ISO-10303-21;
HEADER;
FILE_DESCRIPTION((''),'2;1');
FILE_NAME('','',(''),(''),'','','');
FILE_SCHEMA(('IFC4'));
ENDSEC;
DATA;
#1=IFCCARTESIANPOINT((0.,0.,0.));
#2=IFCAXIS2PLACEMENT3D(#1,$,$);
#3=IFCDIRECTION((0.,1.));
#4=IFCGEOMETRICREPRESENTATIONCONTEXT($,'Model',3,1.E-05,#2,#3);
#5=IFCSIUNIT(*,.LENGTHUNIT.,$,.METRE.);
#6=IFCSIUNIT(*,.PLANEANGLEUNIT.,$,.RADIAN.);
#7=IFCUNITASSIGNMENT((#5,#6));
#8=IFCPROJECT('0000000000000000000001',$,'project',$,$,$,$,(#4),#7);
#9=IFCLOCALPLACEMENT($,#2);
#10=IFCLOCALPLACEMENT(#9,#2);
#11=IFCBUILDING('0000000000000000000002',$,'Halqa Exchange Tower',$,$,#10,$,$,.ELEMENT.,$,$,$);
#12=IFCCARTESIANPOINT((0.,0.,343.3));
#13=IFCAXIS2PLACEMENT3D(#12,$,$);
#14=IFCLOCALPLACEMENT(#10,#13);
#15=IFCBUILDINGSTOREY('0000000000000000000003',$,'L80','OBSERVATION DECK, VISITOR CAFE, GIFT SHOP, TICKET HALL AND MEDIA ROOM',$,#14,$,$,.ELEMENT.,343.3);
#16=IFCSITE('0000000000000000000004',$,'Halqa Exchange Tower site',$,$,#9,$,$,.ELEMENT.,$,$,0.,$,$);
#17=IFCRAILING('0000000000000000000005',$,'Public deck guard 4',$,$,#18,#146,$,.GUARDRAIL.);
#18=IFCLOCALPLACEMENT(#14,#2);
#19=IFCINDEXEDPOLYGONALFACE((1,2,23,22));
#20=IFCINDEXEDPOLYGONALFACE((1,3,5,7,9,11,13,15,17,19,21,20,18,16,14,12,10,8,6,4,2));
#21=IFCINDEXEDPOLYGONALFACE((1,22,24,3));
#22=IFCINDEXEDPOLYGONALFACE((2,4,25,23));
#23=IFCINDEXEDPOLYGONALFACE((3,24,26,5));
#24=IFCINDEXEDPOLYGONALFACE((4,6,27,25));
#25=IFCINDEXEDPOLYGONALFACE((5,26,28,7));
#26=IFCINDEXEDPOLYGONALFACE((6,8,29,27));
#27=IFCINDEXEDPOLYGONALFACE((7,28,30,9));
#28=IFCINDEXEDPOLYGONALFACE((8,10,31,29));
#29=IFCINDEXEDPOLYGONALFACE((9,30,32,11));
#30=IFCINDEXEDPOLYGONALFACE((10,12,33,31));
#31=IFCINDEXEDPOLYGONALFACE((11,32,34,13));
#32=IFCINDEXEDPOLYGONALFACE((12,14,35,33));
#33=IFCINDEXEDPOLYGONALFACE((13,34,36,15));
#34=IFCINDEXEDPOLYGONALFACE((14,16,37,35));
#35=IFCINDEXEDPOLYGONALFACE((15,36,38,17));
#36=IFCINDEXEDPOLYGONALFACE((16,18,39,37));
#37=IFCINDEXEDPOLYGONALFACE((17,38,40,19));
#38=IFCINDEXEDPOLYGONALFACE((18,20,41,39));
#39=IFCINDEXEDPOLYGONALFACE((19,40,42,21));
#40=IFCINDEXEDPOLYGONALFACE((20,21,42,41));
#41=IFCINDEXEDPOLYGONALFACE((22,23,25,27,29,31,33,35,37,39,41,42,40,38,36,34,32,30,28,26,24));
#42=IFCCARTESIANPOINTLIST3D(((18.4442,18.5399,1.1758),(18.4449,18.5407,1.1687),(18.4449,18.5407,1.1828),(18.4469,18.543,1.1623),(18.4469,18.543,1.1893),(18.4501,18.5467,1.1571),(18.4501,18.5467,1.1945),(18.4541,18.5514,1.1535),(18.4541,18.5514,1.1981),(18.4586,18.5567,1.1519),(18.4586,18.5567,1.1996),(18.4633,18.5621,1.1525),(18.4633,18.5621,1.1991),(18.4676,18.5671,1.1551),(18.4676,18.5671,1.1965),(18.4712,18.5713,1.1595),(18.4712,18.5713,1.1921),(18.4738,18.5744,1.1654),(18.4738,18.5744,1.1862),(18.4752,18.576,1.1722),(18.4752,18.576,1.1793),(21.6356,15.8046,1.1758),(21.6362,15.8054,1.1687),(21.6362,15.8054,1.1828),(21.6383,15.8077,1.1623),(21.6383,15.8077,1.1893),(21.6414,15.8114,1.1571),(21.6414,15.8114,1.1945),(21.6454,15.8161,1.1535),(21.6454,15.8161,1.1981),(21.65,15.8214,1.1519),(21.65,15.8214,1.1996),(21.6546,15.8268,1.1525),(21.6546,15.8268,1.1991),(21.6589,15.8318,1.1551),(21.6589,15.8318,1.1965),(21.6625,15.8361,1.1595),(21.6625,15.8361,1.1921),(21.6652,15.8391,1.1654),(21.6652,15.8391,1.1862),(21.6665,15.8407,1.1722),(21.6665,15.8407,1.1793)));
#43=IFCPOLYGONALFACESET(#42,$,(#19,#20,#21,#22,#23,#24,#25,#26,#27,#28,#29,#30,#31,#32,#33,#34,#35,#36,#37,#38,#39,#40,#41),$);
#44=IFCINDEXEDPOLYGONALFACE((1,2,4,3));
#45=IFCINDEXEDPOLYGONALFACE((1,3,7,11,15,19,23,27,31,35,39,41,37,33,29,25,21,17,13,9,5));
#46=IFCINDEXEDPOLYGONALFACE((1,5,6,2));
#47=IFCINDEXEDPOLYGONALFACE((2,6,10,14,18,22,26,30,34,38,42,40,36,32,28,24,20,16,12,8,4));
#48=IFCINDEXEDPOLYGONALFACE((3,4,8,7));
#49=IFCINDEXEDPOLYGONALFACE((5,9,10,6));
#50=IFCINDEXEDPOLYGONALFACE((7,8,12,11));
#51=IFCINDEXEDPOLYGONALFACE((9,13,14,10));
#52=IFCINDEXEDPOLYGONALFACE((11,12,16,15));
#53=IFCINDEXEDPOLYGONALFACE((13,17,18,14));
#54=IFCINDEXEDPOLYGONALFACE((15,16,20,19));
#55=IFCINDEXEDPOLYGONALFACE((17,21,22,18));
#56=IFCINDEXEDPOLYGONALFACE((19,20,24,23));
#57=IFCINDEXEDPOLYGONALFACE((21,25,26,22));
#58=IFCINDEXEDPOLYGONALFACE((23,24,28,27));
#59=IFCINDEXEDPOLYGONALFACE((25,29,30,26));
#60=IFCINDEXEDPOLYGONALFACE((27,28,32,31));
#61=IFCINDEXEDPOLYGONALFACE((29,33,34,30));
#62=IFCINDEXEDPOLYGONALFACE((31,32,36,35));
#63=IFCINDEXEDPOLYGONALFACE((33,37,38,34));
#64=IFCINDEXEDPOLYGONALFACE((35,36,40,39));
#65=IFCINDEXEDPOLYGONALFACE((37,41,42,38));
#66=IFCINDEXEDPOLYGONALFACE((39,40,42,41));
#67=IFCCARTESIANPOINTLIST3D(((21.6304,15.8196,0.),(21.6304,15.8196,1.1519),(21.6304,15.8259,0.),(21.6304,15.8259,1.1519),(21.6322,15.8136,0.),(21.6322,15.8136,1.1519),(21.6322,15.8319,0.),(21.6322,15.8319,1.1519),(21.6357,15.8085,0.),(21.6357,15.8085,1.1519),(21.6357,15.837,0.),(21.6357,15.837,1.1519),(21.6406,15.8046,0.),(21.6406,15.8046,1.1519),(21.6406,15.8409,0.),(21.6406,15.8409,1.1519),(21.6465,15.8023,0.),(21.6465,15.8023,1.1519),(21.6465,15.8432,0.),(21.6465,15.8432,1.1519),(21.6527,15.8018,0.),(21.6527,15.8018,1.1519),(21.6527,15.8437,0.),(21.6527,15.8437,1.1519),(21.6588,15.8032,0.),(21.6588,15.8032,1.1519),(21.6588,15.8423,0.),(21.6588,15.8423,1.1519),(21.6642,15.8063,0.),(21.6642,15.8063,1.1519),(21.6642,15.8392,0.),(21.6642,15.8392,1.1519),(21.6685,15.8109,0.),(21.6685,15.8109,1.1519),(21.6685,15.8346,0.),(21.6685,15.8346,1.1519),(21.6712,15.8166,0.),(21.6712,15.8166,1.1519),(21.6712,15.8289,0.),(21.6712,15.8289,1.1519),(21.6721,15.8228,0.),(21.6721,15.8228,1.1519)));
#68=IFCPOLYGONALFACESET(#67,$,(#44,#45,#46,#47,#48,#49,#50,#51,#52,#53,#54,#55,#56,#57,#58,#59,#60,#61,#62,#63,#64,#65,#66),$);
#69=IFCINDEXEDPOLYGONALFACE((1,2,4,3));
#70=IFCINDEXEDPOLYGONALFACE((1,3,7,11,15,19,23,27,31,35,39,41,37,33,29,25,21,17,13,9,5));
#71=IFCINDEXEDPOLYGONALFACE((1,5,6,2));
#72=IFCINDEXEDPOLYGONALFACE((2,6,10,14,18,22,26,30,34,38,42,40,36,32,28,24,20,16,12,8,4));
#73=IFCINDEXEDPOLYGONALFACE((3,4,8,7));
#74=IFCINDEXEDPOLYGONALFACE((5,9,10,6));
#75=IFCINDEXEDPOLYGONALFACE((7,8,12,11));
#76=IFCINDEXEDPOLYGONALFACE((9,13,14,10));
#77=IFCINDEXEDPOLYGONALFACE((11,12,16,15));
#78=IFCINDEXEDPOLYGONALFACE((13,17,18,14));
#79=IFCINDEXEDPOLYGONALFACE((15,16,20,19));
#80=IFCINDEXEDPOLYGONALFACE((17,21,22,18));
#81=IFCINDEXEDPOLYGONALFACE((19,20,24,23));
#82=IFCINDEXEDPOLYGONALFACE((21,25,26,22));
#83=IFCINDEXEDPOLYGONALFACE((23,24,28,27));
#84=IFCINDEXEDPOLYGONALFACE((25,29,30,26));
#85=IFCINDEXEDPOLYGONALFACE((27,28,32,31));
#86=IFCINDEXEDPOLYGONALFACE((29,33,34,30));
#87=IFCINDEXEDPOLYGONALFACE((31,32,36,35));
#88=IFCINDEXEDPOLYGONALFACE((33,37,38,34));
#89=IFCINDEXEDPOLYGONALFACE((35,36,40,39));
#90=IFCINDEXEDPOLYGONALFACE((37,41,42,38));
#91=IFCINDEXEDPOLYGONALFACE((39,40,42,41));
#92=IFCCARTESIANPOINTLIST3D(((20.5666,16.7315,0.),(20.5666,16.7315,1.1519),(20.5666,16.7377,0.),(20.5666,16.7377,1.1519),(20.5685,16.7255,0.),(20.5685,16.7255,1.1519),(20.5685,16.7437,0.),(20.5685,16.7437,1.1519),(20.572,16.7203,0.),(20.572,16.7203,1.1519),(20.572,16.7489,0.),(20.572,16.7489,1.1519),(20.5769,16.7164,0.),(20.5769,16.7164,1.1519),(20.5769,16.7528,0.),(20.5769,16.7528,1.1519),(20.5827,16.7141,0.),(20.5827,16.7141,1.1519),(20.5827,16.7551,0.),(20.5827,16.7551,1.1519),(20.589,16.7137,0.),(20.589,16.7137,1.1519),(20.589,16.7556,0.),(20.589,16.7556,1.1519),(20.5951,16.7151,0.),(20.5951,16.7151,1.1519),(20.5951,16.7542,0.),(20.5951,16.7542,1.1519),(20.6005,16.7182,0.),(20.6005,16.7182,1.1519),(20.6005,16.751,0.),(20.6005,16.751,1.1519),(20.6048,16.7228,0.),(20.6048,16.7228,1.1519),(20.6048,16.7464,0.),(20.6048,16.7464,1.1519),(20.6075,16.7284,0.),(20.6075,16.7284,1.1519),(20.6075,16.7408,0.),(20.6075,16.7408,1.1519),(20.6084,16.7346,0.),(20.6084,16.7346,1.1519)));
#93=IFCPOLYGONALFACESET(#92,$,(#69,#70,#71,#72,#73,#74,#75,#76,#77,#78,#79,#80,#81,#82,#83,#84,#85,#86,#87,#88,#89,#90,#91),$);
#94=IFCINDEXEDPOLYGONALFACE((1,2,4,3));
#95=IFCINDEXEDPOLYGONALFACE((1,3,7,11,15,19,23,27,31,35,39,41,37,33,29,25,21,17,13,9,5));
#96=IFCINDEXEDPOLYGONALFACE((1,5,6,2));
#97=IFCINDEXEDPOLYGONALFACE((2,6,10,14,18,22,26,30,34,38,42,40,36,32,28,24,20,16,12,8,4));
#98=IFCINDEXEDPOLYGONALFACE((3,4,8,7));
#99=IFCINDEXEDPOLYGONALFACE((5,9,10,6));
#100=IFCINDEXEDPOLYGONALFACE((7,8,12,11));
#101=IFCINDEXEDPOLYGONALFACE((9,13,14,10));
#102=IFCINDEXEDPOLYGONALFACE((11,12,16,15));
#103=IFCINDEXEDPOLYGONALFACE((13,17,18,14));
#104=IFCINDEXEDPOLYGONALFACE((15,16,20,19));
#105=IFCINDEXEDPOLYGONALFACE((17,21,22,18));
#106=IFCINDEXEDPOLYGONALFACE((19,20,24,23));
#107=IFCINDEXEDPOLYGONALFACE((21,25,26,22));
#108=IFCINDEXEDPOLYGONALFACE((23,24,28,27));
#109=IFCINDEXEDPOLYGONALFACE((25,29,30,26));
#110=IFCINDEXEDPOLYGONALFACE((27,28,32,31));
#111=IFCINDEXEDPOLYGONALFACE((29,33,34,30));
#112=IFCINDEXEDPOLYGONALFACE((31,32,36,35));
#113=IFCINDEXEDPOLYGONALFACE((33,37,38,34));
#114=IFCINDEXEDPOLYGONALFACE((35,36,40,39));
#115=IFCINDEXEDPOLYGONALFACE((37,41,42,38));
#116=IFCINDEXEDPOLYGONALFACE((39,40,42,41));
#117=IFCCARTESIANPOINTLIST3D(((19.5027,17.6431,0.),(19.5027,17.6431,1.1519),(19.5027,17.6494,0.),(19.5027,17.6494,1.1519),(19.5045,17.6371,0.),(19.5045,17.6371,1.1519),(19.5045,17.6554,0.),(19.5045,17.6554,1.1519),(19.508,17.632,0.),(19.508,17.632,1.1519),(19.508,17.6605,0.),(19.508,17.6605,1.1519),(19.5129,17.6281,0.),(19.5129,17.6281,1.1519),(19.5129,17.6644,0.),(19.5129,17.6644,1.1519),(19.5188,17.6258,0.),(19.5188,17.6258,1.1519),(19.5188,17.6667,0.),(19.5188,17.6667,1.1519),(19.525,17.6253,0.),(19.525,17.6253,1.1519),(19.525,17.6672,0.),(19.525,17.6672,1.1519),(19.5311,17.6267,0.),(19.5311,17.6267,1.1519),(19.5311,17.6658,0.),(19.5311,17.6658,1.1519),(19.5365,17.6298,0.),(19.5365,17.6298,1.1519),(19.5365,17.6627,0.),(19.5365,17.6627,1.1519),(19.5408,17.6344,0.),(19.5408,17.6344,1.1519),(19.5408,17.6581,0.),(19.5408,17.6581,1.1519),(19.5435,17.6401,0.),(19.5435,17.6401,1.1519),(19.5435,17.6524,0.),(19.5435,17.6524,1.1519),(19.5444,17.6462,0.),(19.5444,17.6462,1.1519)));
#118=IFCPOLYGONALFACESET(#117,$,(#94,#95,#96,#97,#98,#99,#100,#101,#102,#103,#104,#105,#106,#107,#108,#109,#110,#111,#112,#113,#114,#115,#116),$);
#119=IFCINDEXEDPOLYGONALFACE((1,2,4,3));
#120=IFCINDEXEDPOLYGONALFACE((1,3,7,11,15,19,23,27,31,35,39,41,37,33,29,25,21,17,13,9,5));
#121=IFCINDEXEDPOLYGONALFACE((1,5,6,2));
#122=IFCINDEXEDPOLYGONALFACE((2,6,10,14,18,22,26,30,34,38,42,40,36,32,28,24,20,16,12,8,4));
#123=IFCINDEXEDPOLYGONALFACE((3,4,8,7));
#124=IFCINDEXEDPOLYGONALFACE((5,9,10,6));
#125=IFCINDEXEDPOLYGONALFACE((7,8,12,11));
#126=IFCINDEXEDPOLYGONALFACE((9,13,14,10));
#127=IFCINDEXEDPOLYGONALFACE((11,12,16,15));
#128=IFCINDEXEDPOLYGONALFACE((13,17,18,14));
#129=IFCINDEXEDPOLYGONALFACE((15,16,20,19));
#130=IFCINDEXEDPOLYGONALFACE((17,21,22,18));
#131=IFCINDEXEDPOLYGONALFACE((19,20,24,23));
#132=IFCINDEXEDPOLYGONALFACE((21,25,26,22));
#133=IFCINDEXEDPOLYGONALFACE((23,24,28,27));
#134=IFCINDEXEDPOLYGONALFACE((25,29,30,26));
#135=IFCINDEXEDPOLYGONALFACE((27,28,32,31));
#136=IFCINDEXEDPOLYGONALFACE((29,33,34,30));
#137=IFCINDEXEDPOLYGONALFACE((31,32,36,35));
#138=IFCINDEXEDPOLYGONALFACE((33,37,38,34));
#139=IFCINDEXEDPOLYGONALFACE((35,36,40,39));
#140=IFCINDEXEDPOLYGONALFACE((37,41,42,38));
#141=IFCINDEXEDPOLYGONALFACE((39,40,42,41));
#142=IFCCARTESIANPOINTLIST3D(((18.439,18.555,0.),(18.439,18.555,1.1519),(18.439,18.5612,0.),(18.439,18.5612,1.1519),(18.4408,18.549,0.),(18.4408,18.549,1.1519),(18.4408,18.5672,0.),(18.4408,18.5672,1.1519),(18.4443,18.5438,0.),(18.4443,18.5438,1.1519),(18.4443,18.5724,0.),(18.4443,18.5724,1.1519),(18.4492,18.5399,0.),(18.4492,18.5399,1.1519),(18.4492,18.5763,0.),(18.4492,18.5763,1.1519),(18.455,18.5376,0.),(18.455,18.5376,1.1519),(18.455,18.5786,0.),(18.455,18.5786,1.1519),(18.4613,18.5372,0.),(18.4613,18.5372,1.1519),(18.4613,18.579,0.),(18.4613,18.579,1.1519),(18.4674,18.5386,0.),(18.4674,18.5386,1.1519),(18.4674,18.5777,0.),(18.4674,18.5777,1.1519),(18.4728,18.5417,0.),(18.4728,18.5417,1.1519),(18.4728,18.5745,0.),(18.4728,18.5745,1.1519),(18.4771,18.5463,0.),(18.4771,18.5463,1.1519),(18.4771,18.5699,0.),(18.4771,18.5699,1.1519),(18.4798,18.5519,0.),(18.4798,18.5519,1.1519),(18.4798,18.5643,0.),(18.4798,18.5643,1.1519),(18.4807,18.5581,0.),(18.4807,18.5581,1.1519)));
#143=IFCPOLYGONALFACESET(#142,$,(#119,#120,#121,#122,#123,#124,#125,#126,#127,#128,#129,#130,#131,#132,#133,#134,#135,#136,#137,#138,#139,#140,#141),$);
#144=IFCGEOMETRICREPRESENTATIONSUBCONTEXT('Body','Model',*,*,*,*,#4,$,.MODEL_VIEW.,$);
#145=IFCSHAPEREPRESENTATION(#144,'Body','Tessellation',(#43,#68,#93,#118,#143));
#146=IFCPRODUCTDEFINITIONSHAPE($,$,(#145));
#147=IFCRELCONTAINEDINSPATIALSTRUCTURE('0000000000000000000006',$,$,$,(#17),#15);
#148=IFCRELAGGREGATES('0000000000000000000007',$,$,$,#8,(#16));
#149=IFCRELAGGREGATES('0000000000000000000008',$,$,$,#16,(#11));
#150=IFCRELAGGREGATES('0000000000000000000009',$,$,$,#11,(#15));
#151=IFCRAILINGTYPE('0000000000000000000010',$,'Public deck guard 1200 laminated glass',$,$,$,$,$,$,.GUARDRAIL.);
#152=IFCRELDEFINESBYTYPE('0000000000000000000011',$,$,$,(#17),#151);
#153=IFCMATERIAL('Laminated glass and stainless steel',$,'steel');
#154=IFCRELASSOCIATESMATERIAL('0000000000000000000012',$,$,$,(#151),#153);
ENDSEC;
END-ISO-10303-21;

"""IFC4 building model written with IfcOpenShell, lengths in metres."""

from ifc_helpers import new_model, si_unit, direction, frame, origin, origin_2d, place, context, subcontext, project, spatial, circle, extrude, material, type_object, element, save


model = new_model("IFC4")

# Units and contexts
model_context = context("Model", 3, precision=1e-05, world=origin(), true_north=direction((0.0, 1.0)))
body_context = subcontext(model_context, "Body", "Model", "MODEL_VIEW")
ifc_project = project(units=[si_unit("LENGTHUNIT", "METRE"), si_unit("PLANEANGLEUNIT", "RADIAN")], contexts=[model_context])

# Site, building, storey
site_placement = place(None, origin())
site = spatial("IfcSite", under=ifc_project, at=site_placement, Name="Halqa Exchange Tower site", CompositionType="ELEMENT", RefElevation=0.0)
building_placement = place(site_placement, origin())
building = spatial("IfcBuilding", under=site, at=building_placement, Name="Halqa Exchange Tower", CompositionType="ELEMENT")
storey_placement = place(building_placement, frame((0.0, 0.0, 343.3)))
storey = spatial("IfcBuildingStorey", under=building, at=storey_placement, Name="L80", Description="OBSERVATION DECK, VISITOR CAFE, GIFT SHOP, TICKET HALL AND MEDIA ROOM", CompositionType="ELEMENT", Elevation=343.3)

# Railing
ifc_material_1 = material(Name="Laminated glass and stainless steel", Category="steel")
railing_type = type_object("IfcRailingType", Name="Public deck guard 1200 laminated glass", PredefinedType="GUARDRAIL", material=ifc_material_1)
railing_1_placement = place(storey_placement, frame((21.6511, 15.8228, 0.0)))
element("IfcRailing", 1, at=railing_1_placement, inside=storey, type_object=railing_type, Name="Public deck guard 4", PredefinedType="GUARDRAIL", context=body_context, shape_type="SweptSolid", body=[
    extrude(circle(Radius=0.0239, at=origin_2d()), frame((0.0, 0.0, 1.1758), z_axis=(-0.759273, 0.650772, 0.0), x_axis=(-0.650772, -0.759273, 0.0)), (0.0, 0.0, 1.0), 4.2031),
    extrude(circle(Radius=0.021, at=origin_2d()), origin(), (0.0, 0.0, 1.0), 1.1519),
    extrude(circle(Radius=0.021, at=origin_2d()), frame((-1.0637, 0.9119, 0.0)), (0.0, 0.0, 1.0), 1.1519),
    extrude(circle(Radius=0.021, at=origin_2d()), frame((-2.1277, 1.8235, 0.0)), (0.0, 0.0, 1.0), 1.1519),
    extrude(circle(Radius=0.021, at=origin_2d()), frame((-3.1914, 2.7354, 0.0)), (0.0, 0.0, 1.0), 1.1519),
])

save(model, "model.ifc")
